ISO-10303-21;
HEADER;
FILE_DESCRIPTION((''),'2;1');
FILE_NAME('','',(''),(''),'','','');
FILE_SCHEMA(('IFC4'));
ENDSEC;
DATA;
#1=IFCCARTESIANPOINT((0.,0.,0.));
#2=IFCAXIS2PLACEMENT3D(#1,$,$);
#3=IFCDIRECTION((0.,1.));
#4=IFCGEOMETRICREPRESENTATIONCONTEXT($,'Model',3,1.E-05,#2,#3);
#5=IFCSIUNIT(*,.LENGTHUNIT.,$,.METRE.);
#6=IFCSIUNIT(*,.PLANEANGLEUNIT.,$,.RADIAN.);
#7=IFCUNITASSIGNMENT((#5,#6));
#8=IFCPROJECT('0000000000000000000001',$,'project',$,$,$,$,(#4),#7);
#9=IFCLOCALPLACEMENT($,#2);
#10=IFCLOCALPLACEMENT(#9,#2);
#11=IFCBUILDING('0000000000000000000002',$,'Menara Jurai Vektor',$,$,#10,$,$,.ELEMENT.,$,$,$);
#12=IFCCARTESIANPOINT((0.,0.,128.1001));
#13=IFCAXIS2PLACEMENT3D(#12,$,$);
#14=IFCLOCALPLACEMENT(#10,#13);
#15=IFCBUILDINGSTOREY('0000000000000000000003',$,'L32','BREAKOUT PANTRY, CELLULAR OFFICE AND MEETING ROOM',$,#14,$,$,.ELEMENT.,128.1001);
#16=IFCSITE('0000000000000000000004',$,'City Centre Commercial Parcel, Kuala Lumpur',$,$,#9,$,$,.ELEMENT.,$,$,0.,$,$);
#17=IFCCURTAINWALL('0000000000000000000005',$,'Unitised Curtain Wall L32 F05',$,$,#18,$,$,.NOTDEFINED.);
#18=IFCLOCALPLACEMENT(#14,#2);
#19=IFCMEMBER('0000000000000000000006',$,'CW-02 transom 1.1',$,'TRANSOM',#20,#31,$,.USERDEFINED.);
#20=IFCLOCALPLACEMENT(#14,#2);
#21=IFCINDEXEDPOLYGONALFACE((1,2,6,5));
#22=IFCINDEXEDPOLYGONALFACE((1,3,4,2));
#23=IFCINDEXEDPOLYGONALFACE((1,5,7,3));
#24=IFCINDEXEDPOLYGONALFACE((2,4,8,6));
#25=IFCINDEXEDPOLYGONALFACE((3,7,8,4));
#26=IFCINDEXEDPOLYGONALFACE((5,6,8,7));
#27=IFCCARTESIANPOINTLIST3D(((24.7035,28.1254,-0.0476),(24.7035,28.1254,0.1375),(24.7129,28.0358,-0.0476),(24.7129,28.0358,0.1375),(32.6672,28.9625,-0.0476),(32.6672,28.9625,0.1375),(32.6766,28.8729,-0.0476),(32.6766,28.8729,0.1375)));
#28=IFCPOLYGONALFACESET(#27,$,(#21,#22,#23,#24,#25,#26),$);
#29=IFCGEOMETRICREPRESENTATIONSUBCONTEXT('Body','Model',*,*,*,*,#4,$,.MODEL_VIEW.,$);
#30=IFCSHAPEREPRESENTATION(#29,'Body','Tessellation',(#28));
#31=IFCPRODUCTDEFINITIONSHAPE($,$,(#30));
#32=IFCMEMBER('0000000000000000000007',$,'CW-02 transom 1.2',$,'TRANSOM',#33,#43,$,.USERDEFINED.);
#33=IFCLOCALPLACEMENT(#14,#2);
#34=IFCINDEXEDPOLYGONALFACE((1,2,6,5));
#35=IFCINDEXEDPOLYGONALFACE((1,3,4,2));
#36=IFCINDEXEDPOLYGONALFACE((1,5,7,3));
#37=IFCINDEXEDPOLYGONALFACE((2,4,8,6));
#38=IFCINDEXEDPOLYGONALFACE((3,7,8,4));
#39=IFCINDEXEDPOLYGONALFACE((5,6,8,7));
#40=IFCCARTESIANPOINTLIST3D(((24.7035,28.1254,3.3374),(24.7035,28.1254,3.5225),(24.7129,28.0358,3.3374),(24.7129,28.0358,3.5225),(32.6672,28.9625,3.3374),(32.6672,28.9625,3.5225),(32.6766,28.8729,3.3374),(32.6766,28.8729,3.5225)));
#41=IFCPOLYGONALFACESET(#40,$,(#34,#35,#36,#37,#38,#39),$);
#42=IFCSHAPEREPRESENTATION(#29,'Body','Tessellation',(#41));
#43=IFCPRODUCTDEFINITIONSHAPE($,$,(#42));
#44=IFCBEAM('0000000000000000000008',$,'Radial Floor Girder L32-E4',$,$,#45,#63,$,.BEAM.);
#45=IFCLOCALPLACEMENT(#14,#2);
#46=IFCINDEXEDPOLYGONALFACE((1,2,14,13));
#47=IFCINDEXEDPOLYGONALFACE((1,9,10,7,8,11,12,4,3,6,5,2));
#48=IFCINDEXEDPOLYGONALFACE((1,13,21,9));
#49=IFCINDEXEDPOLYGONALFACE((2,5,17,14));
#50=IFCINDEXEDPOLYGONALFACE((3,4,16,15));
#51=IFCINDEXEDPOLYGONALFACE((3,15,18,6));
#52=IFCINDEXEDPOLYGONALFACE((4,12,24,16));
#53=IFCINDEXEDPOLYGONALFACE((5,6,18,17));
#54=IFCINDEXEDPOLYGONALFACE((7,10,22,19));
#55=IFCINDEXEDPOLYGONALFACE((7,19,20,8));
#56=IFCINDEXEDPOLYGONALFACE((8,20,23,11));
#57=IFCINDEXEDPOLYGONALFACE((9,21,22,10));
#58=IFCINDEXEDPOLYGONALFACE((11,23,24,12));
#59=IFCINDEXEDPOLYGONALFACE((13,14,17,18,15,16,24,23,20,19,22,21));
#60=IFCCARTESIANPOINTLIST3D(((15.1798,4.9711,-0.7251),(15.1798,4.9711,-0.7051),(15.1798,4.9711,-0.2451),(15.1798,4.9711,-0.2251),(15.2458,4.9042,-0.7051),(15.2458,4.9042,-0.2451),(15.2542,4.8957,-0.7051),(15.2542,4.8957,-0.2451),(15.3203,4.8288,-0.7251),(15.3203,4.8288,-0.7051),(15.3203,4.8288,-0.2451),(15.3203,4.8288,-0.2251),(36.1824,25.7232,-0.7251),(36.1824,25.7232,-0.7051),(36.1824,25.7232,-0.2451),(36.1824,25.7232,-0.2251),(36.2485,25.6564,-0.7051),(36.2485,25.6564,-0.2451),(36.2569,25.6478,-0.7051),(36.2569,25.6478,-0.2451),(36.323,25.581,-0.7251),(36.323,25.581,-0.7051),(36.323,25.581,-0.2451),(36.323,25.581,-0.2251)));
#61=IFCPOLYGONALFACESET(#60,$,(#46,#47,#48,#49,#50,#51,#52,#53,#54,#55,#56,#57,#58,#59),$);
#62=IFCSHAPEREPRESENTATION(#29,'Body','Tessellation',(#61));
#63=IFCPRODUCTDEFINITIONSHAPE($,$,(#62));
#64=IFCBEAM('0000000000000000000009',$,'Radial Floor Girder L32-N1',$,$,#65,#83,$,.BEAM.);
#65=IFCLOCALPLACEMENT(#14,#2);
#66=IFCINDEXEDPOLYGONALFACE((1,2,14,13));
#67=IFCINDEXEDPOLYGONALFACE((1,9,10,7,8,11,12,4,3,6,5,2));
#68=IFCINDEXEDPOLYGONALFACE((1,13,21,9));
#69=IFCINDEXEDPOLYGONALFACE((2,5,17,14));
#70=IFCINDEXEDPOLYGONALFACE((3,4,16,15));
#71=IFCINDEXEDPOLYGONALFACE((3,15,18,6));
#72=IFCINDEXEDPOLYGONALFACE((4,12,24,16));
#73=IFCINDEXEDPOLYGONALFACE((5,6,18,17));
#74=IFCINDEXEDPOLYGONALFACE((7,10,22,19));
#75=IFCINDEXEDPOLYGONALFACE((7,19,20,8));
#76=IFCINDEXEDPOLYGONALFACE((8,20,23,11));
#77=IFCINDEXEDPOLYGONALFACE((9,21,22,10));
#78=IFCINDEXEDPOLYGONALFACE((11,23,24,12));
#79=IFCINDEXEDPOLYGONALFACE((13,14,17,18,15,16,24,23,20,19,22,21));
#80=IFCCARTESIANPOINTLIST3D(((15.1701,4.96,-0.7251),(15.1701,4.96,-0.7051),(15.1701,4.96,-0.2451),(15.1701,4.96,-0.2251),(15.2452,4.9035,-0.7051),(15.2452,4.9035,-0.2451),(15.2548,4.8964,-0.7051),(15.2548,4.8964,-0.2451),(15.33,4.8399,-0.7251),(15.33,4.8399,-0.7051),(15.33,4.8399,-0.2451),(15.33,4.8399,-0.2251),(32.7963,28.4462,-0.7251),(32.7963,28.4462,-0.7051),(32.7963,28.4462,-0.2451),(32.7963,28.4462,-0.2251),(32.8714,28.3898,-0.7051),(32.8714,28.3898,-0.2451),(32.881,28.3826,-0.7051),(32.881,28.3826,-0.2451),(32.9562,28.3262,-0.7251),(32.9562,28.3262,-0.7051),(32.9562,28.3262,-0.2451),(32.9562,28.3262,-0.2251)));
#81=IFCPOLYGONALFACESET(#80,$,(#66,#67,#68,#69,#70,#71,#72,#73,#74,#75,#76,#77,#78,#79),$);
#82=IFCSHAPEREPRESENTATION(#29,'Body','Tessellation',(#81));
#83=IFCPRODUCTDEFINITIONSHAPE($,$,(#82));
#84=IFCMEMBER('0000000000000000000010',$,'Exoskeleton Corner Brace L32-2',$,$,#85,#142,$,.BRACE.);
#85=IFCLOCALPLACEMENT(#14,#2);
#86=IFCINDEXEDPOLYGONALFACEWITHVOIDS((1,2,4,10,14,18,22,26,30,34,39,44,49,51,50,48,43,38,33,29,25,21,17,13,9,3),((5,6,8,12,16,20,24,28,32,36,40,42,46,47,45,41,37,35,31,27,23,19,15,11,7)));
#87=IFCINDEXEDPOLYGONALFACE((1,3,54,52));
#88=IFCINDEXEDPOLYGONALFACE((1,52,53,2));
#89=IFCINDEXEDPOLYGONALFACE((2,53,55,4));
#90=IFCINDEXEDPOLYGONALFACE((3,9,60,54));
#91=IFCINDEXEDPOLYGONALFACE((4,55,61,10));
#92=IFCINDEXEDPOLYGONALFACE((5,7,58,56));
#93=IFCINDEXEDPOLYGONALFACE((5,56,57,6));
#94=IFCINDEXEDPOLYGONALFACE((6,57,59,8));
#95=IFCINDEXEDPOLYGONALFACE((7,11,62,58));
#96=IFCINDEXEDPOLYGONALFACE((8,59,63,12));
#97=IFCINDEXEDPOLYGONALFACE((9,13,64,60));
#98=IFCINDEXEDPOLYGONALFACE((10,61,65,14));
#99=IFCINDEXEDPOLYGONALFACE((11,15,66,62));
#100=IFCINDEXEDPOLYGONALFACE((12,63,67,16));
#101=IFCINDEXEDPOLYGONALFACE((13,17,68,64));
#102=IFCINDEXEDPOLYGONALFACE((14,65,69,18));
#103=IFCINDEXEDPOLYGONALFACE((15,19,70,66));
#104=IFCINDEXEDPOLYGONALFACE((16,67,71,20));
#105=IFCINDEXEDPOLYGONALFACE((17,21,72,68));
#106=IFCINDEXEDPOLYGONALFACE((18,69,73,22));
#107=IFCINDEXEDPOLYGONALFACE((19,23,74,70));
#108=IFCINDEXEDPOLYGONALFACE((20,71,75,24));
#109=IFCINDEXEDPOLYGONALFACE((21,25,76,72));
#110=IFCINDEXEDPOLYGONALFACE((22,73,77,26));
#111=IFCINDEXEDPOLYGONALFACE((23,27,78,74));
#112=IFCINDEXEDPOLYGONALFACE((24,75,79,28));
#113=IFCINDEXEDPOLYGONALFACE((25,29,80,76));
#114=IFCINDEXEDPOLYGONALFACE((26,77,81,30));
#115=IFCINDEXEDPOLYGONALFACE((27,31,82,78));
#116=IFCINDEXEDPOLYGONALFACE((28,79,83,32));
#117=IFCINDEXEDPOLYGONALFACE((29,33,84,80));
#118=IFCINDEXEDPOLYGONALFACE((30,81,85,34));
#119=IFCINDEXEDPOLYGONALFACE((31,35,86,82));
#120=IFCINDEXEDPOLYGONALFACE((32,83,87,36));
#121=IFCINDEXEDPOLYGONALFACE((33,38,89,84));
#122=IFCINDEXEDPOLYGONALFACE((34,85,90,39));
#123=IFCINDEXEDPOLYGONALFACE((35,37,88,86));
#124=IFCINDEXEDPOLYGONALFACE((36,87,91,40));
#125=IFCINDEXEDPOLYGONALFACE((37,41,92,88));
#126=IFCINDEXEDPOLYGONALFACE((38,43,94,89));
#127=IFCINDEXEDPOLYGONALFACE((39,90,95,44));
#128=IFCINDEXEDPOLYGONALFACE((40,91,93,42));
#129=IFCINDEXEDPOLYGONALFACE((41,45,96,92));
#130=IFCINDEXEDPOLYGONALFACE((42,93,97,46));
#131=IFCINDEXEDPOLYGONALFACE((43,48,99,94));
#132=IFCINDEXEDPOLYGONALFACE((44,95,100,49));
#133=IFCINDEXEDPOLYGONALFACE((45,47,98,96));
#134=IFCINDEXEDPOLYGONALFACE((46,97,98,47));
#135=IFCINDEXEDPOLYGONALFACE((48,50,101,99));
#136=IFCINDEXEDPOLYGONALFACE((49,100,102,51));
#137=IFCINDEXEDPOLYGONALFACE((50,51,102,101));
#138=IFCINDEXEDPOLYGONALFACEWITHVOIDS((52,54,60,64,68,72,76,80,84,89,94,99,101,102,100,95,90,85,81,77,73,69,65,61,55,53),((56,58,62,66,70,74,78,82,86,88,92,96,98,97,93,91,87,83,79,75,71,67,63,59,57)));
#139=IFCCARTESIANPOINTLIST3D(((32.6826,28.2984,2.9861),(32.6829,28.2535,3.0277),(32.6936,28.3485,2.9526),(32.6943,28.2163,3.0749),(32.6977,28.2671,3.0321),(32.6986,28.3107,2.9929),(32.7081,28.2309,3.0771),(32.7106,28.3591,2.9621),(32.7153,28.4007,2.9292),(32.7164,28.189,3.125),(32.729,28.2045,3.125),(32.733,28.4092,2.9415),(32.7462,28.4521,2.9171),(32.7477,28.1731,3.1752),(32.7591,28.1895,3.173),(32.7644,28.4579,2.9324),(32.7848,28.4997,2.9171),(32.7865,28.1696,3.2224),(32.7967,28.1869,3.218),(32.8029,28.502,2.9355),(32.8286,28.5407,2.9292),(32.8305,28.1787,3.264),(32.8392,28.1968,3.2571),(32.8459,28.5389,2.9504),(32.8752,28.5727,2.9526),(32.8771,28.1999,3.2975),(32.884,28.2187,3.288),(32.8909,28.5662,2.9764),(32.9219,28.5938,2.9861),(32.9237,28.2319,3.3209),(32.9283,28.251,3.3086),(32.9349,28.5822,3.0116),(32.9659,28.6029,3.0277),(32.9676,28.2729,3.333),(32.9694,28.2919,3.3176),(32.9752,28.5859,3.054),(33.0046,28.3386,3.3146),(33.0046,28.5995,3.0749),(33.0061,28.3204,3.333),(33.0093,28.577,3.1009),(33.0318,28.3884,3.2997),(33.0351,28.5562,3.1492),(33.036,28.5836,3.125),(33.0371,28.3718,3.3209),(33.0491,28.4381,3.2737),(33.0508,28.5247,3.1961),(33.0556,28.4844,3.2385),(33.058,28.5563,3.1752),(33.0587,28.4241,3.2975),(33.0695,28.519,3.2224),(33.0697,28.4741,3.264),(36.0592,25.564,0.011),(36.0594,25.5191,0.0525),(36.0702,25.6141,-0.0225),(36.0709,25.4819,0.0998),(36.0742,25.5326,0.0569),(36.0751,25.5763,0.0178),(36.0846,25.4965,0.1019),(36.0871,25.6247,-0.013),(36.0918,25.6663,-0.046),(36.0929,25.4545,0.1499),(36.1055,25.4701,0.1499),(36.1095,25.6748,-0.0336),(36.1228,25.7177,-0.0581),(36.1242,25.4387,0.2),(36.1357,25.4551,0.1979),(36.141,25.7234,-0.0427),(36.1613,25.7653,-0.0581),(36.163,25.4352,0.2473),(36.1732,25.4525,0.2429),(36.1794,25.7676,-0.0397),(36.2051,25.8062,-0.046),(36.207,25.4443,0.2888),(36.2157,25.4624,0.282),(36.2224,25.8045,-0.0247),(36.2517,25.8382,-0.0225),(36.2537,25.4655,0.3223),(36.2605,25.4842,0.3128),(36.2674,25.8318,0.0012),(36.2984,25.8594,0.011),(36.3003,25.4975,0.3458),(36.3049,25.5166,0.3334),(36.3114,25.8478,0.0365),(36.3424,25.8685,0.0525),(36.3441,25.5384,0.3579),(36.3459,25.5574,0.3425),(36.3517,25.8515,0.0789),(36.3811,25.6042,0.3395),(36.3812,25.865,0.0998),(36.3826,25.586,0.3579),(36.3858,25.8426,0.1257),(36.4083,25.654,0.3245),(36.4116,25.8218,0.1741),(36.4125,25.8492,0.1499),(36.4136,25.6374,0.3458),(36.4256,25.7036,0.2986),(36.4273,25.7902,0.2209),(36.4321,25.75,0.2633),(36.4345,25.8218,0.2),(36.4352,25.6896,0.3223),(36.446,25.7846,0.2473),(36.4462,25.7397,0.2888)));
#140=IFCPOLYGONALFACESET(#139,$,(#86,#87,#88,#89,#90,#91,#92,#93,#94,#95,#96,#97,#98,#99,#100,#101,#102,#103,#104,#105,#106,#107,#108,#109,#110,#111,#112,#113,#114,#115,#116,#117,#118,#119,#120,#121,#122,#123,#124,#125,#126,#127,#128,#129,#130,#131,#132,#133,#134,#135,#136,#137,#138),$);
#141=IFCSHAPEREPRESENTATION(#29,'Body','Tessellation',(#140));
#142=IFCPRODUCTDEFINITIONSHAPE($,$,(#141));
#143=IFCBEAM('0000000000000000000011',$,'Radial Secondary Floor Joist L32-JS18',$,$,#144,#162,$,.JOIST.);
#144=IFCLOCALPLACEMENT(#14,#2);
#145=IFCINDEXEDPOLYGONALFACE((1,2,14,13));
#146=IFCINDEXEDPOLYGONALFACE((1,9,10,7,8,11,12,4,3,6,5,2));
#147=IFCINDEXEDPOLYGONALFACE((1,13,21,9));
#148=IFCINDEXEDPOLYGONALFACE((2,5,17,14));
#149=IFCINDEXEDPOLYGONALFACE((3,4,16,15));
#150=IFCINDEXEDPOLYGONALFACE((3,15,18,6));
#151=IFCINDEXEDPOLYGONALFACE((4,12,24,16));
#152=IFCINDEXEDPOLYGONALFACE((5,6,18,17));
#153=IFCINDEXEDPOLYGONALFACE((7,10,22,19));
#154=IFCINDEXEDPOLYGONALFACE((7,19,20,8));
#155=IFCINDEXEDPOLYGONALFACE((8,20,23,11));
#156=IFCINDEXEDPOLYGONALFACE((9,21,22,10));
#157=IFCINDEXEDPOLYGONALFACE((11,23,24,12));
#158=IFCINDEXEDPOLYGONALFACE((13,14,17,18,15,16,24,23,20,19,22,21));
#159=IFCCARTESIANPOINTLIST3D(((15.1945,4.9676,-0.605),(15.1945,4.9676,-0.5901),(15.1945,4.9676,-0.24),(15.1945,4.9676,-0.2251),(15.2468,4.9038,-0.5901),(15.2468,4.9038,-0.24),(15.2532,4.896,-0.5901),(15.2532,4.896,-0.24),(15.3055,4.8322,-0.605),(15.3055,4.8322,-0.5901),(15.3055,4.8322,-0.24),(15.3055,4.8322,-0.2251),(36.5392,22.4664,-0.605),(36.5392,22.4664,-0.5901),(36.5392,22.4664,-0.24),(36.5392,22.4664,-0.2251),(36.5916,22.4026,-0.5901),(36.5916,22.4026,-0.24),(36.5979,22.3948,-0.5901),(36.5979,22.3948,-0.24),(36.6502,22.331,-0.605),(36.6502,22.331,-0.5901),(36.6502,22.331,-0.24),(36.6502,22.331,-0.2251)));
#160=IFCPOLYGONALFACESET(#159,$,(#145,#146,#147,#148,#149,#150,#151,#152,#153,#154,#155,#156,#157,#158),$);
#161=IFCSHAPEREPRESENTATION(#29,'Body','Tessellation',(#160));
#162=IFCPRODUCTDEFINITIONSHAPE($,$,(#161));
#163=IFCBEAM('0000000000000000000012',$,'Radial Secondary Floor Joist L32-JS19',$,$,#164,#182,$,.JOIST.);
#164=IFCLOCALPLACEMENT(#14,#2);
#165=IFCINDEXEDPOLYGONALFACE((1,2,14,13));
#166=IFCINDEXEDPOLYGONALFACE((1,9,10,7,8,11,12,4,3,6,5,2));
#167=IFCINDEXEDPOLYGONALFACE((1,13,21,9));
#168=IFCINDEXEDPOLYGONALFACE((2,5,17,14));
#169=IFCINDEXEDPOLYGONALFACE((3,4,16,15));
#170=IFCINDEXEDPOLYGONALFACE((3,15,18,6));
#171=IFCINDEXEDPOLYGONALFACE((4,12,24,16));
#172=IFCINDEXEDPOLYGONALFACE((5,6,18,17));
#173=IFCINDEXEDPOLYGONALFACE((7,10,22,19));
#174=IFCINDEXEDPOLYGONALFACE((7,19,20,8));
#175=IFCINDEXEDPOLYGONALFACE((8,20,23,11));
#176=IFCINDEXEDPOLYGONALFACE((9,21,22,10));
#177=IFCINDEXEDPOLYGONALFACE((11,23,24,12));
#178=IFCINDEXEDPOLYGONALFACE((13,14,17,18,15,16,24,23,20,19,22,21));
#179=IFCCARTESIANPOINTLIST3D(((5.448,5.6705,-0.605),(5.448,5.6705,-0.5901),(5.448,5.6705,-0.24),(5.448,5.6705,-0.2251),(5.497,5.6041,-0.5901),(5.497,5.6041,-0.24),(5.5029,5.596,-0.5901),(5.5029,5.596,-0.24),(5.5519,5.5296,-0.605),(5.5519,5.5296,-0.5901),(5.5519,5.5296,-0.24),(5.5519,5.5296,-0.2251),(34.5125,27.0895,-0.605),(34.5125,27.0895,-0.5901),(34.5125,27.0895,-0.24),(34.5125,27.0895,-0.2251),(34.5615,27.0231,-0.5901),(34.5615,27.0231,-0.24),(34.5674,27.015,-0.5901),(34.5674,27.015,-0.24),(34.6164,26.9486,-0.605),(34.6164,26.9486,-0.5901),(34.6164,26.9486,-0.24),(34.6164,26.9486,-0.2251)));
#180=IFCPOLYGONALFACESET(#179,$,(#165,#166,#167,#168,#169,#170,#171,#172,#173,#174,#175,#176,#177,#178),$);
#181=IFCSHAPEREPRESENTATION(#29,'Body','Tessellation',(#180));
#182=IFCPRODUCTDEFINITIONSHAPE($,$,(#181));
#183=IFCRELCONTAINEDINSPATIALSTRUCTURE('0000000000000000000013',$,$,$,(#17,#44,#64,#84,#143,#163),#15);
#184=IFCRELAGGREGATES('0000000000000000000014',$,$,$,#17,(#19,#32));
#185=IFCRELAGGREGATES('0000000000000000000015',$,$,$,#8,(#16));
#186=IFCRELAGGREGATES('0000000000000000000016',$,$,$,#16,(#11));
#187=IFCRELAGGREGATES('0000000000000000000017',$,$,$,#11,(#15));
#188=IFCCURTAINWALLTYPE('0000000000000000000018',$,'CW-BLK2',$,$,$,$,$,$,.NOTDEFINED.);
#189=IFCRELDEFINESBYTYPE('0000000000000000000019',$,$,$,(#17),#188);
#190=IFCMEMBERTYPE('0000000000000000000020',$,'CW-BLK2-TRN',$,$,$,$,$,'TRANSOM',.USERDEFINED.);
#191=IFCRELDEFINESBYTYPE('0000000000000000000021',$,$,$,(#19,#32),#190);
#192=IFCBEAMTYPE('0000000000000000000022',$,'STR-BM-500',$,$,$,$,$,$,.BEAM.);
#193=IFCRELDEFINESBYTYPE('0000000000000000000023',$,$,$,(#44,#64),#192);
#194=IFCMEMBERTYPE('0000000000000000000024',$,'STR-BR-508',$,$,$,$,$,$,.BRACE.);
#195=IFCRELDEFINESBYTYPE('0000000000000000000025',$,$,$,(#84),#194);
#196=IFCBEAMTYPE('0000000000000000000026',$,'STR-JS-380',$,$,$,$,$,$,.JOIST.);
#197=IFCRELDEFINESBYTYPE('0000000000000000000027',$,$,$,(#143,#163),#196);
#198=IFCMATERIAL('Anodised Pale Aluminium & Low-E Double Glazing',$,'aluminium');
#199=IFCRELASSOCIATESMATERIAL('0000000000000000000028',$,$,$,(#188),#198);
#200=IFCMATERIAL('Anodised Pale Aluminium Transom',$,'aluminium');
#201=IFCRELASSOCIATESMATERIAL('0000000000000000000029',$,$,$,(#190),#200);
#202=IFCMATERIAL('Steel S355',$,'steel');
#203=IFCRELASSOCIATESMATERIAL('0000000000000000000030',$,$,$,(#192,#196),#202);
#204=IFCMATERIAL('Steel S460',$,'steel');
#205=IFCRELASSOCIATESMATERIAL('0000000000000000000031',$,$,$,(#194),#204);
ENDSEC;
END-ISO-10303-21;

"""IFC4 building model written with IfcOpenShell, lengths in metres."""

from ifc_helpers import new_model, si_unit, direction, frame, origin, origin_2d, place, context, subcontext, project, spatial, rectangle, hollow_circle, i_section, extrude, material, material_profile, profile_set, type_object, element, aggregate, save


model = new_model("IFC4")

# Units and contexts
model_context = context("Model", 3, precision=1e-05, world=origin(), true_north=direction((0.0, 1.0)))
body_context = subcontext(model_context, "Body", "Model", "MODEL_VIEW")
ifc_project = project(units=[si_unit("LENGTHUNIT", "METRE"), si_unit("PLANEANGLEUNIT", "RADIAN")], contexts=[model_context])

# Site, building, storey
site_placement = place(None, origin())
site = spatial("IfcSite", under=ifc_project, at=site_placement, Name="City Centre Commercial Parcel, Kuala Lumpur", CompositionType="ELEMENT", RefElevation=0.0)
building_placement = place(site_placement, origin())
building = spatial("IfcBuilding", under=site, at=building_placement, Name="Menara Jurai Vektor", CompositionType="ELEMENT")
storey_placement = place(building_placement, frame((0.0, 0.0, 128.1001)))
storey = spatial("IfcBuildingStorey", under=building, at=storey_placement, Name="L32", Description="BREAKOUT PANTRY, CELLULAR OFFICE AND MEETING ROOM", CompositionType="ELEMENT", Elevation=128.1001)

# Shared definitions
ifc_material_1 = material(Name="Steel S460", Category="steel")

# Shared definitions
ifc_material_2 = material(Name="Anodised Pale Aluminium & Low-E Double Glazing", Category="aluminium")
curtain_wall_type = type_object("IfcCurtainWallType", Name="CW-BLK2", PredefinedType="NOTDEFINED", material=ifc_material_2)

# Curtain wall
curtain_wall_1_placement = place(storey_placement, origin())
curtain_wall_1 = element("IfcCurtainWall", 1, at=curtain_wall_1_placement, inside=storey, type_object=curtain_wall_type, Name="Unitised Curtain Wall L32 F05", PredefinedType="NOTDEFINED")

# Members
ifc_material_3 = material(Name="Anodised Pale Aluminium Transom", Category="aluminium")
ifc_material_profile_1 = material_profile(ifc_material_3, rectangle(XDim=0.0901, YDim=0.1851, at=origin_2d()), Name="ALU TRN 90x185")
ifc_profile_set_1 = profile_set([ifc_material_profile_1], Name="Anodised Pale Aluminium Transom")
member_type_1 = type_object("IfcMemberType", Name="CW-BLK2-TRN", ElementType="TRANSOM", PredefinedType="USERDEFINED", material=ifc_profile_set_1)
member_1_placement = place(storey_placement, frame((32.6719, 28.9177, 0.0449), z_axis=(-0.99452, -0.104547, 0.0), x_axis=(0.104547, -0.99452, 0.0)))
member_1 = element("IfcMember", 2, at=member_1_placement, type_object=member_type_1, Name="CW-02 transom 1.1", ObjectType="TRANSOM", PredefinedType="USERDEFINED", context=body_context, shape_type="SweptSolid", body=[
    extrude(rectangle(XDim=0.0901, YDim=0.1851, at=origin_2d()), origin(), (0.0, 0.0, 1.0), 8.0076),
])
member_2_placement = place(storey_placement, frame((32.6719, 28.9177, 3.4299), z_axis=(-0.99452, -0.104547, 0.0), x_axis=(0.104547, -0.99452, 0.0)))
member_2 = element("IfcMember", 3, at=member_2_placement, type_object=member_type_1, Name="CW-02 transom 1.2", ObjectType="TRANSOM", PredefinedType="USERDEFINED", context=body_context, shape_type="SweptSolid", body=[
    extrude(rectangle(XDim=0.0901, YDim=0.1851, at=origin_2d()), origin(), (0.0, 0.0, 1.0), 8.0076),
])

# Beams
ifc_material_4 = material(Name="Steel S355", Category="steel")
ifc_material_profile_2 = material_profile(ifc_material_4, i_section(OverallWidth=0.2, OverallDepth=0.5, WebThickness=0.012, FlangeThickness=0.02, at=origin_2d()), Name="PG 500x200x96")
ifc_profile_set_2 = profile_set([ifc_material_profile_2], Name="Steel S355")
beam_type_1 = type_object("IfcBeamType", Name="STR-BM-500", PredefinedType="BEAM", material=ifc_profile_set_2)
beam_1_placement = place(storey_placement, frame((36.2527, 25.6521, -0.4751), z_axis=(-0.711336, -0.702852, 0.0), x_axis=(0.702852, -0.711336, 0.0)))
element("IfcBeam", 4, at=beam_1_placement, inside=storey, type_object=beam_type_1, Name="Radial Floor Girder L32-E4", PredefinedType="BEAM", context=body_context, shape_type="SweptSolid", body=[
    extrude(i_section(OverallWidth=0.2, OverallDepth=0.5, WebThickness=0.012, FlangeThickness=0.02, at=origin_2d()), origin(), (0.0, 0.0, 1.0), 29.5256),
])
beam_2_placement = place(storey_placement, frame((32.8762, 28.3862, -0.4751), z_axis=(-0.60025, -0.799812, 0.0), x_axis=(0.799812, -0.60025, 0.0)))
element("IfcBeam", 5, at=beam_2_placement, inside=storey, type_object=beam_type_1, Name="Radial Floor Girder L32-N1", PredefinedType="BEAM", context=body_context, shape_type="SweptSolid", body=[
    extrude(i_section(OverallWidth=0.2, OverallDepth=0.5, WebThickness=0.012, FlangeThickness=0.02, at=origin_2d()), origin(), (0.0, 0.0, 1.0), 29.3647),
])

# Member
ifc_material_profile_3 = material_profile(ifc_material_1, hollow_circle(Radius=0.2539, WallThickness=0.02, at=origin_2d()), Name="CHS 508x20")
ifc_profile_set_3 = profile_set([ifc_material_profile_3], Name="Steel S460")
member_type_2 = type_object("IfcMemberType", Name="STR-BR-508", PredefinedType="BRACE", material=ifc_profile_set_3)
member_3_placement = place(storey_placement, frame((36.2527, 25.6519, 0.1499), z_axis=(-0.641208, 0.519272, 0.564986), x_axis=(-0.629344, -0.777127, 0.0)))
element("IfcMember", 6, at=member_3_placement, inside=storey, type_object=member_type_2, Name="Exoskeleton Corner Brace L32-2", PredefinedType="BRACE", context=body_context, shape_type="SweptSolid", body=[
    extrude(hollow_circle(Radius=0.2539, WallThickness=0.02, at=origin_2d()), origin(), (0.0, 0.0, 1.0), 5.2659),
])

# Beams
ifc_material_profile_4 = material_profile(ifc_material_4, i_section(OverallWidth=0.175, OverallDepth=0.3799, WebThickness=0.01, FlangeThickness=0.0149, at=origin_2d()), Name="PG 380x175x58")
ifc_profile_set_4 = profile_set([ifc_material_profile_4], Name="Steel S355")
beam_type_2 = type_object("IfcBeamType", Name="STR-JS-380", PredefinedType="JOIST", material=ifc_profile_set_4)
beam_3_placement = place(storey_placement, frame((36.5947, 22.3987, -0.415), z_axis=(-0.773337, -0.633995, 0.0), x_axis=(0.633995, -0.773337, 0.0)))
element("IfcBeam", 7, at=beam_3_placement, inside=storey, type_object=beam_type_2, Name="Radial Secondary Floor Joist L32-JS18", PredefinedType="JOIST", context=body_context, shape_type="SweptSolid", body=[
    extrude(i_section(OverallWidth=0.175, OverallDepth=0.3799, WebThickness=0.01, FlangeThickness=0.0149, at=origin_2d()), origin(), (0.0, 0.0, 1.0), 27.6008),
])
beam_4_placement = place(storey_placement, frame((34.5645, 27.019, -0.415), z_axis=(-0.805016, -0.593253, 0.0), x_axis=(0.593253, -0.805016, 0.0)))
element("IfcBeam", 8, at=beam_4_placement, inside=storey, type_object=beam_type_2, Name="Radial Secondary Floor Joist L32-JS19", PredefinedType="JOIST", context=body_context, shape_type="SweptSolid", body=[
    extrude(i_section(OverallWidth=0.175, OverallDepth=0.3799, WebThickness=0.01, FlangeThickness=0.0149, at=origin_2d()), origin(), (0.0, 0.0, 1.0), 36.1042),
])

aggregate(curtain_wall_1, [member_1, member_2])

save(model, "model.ifc")
